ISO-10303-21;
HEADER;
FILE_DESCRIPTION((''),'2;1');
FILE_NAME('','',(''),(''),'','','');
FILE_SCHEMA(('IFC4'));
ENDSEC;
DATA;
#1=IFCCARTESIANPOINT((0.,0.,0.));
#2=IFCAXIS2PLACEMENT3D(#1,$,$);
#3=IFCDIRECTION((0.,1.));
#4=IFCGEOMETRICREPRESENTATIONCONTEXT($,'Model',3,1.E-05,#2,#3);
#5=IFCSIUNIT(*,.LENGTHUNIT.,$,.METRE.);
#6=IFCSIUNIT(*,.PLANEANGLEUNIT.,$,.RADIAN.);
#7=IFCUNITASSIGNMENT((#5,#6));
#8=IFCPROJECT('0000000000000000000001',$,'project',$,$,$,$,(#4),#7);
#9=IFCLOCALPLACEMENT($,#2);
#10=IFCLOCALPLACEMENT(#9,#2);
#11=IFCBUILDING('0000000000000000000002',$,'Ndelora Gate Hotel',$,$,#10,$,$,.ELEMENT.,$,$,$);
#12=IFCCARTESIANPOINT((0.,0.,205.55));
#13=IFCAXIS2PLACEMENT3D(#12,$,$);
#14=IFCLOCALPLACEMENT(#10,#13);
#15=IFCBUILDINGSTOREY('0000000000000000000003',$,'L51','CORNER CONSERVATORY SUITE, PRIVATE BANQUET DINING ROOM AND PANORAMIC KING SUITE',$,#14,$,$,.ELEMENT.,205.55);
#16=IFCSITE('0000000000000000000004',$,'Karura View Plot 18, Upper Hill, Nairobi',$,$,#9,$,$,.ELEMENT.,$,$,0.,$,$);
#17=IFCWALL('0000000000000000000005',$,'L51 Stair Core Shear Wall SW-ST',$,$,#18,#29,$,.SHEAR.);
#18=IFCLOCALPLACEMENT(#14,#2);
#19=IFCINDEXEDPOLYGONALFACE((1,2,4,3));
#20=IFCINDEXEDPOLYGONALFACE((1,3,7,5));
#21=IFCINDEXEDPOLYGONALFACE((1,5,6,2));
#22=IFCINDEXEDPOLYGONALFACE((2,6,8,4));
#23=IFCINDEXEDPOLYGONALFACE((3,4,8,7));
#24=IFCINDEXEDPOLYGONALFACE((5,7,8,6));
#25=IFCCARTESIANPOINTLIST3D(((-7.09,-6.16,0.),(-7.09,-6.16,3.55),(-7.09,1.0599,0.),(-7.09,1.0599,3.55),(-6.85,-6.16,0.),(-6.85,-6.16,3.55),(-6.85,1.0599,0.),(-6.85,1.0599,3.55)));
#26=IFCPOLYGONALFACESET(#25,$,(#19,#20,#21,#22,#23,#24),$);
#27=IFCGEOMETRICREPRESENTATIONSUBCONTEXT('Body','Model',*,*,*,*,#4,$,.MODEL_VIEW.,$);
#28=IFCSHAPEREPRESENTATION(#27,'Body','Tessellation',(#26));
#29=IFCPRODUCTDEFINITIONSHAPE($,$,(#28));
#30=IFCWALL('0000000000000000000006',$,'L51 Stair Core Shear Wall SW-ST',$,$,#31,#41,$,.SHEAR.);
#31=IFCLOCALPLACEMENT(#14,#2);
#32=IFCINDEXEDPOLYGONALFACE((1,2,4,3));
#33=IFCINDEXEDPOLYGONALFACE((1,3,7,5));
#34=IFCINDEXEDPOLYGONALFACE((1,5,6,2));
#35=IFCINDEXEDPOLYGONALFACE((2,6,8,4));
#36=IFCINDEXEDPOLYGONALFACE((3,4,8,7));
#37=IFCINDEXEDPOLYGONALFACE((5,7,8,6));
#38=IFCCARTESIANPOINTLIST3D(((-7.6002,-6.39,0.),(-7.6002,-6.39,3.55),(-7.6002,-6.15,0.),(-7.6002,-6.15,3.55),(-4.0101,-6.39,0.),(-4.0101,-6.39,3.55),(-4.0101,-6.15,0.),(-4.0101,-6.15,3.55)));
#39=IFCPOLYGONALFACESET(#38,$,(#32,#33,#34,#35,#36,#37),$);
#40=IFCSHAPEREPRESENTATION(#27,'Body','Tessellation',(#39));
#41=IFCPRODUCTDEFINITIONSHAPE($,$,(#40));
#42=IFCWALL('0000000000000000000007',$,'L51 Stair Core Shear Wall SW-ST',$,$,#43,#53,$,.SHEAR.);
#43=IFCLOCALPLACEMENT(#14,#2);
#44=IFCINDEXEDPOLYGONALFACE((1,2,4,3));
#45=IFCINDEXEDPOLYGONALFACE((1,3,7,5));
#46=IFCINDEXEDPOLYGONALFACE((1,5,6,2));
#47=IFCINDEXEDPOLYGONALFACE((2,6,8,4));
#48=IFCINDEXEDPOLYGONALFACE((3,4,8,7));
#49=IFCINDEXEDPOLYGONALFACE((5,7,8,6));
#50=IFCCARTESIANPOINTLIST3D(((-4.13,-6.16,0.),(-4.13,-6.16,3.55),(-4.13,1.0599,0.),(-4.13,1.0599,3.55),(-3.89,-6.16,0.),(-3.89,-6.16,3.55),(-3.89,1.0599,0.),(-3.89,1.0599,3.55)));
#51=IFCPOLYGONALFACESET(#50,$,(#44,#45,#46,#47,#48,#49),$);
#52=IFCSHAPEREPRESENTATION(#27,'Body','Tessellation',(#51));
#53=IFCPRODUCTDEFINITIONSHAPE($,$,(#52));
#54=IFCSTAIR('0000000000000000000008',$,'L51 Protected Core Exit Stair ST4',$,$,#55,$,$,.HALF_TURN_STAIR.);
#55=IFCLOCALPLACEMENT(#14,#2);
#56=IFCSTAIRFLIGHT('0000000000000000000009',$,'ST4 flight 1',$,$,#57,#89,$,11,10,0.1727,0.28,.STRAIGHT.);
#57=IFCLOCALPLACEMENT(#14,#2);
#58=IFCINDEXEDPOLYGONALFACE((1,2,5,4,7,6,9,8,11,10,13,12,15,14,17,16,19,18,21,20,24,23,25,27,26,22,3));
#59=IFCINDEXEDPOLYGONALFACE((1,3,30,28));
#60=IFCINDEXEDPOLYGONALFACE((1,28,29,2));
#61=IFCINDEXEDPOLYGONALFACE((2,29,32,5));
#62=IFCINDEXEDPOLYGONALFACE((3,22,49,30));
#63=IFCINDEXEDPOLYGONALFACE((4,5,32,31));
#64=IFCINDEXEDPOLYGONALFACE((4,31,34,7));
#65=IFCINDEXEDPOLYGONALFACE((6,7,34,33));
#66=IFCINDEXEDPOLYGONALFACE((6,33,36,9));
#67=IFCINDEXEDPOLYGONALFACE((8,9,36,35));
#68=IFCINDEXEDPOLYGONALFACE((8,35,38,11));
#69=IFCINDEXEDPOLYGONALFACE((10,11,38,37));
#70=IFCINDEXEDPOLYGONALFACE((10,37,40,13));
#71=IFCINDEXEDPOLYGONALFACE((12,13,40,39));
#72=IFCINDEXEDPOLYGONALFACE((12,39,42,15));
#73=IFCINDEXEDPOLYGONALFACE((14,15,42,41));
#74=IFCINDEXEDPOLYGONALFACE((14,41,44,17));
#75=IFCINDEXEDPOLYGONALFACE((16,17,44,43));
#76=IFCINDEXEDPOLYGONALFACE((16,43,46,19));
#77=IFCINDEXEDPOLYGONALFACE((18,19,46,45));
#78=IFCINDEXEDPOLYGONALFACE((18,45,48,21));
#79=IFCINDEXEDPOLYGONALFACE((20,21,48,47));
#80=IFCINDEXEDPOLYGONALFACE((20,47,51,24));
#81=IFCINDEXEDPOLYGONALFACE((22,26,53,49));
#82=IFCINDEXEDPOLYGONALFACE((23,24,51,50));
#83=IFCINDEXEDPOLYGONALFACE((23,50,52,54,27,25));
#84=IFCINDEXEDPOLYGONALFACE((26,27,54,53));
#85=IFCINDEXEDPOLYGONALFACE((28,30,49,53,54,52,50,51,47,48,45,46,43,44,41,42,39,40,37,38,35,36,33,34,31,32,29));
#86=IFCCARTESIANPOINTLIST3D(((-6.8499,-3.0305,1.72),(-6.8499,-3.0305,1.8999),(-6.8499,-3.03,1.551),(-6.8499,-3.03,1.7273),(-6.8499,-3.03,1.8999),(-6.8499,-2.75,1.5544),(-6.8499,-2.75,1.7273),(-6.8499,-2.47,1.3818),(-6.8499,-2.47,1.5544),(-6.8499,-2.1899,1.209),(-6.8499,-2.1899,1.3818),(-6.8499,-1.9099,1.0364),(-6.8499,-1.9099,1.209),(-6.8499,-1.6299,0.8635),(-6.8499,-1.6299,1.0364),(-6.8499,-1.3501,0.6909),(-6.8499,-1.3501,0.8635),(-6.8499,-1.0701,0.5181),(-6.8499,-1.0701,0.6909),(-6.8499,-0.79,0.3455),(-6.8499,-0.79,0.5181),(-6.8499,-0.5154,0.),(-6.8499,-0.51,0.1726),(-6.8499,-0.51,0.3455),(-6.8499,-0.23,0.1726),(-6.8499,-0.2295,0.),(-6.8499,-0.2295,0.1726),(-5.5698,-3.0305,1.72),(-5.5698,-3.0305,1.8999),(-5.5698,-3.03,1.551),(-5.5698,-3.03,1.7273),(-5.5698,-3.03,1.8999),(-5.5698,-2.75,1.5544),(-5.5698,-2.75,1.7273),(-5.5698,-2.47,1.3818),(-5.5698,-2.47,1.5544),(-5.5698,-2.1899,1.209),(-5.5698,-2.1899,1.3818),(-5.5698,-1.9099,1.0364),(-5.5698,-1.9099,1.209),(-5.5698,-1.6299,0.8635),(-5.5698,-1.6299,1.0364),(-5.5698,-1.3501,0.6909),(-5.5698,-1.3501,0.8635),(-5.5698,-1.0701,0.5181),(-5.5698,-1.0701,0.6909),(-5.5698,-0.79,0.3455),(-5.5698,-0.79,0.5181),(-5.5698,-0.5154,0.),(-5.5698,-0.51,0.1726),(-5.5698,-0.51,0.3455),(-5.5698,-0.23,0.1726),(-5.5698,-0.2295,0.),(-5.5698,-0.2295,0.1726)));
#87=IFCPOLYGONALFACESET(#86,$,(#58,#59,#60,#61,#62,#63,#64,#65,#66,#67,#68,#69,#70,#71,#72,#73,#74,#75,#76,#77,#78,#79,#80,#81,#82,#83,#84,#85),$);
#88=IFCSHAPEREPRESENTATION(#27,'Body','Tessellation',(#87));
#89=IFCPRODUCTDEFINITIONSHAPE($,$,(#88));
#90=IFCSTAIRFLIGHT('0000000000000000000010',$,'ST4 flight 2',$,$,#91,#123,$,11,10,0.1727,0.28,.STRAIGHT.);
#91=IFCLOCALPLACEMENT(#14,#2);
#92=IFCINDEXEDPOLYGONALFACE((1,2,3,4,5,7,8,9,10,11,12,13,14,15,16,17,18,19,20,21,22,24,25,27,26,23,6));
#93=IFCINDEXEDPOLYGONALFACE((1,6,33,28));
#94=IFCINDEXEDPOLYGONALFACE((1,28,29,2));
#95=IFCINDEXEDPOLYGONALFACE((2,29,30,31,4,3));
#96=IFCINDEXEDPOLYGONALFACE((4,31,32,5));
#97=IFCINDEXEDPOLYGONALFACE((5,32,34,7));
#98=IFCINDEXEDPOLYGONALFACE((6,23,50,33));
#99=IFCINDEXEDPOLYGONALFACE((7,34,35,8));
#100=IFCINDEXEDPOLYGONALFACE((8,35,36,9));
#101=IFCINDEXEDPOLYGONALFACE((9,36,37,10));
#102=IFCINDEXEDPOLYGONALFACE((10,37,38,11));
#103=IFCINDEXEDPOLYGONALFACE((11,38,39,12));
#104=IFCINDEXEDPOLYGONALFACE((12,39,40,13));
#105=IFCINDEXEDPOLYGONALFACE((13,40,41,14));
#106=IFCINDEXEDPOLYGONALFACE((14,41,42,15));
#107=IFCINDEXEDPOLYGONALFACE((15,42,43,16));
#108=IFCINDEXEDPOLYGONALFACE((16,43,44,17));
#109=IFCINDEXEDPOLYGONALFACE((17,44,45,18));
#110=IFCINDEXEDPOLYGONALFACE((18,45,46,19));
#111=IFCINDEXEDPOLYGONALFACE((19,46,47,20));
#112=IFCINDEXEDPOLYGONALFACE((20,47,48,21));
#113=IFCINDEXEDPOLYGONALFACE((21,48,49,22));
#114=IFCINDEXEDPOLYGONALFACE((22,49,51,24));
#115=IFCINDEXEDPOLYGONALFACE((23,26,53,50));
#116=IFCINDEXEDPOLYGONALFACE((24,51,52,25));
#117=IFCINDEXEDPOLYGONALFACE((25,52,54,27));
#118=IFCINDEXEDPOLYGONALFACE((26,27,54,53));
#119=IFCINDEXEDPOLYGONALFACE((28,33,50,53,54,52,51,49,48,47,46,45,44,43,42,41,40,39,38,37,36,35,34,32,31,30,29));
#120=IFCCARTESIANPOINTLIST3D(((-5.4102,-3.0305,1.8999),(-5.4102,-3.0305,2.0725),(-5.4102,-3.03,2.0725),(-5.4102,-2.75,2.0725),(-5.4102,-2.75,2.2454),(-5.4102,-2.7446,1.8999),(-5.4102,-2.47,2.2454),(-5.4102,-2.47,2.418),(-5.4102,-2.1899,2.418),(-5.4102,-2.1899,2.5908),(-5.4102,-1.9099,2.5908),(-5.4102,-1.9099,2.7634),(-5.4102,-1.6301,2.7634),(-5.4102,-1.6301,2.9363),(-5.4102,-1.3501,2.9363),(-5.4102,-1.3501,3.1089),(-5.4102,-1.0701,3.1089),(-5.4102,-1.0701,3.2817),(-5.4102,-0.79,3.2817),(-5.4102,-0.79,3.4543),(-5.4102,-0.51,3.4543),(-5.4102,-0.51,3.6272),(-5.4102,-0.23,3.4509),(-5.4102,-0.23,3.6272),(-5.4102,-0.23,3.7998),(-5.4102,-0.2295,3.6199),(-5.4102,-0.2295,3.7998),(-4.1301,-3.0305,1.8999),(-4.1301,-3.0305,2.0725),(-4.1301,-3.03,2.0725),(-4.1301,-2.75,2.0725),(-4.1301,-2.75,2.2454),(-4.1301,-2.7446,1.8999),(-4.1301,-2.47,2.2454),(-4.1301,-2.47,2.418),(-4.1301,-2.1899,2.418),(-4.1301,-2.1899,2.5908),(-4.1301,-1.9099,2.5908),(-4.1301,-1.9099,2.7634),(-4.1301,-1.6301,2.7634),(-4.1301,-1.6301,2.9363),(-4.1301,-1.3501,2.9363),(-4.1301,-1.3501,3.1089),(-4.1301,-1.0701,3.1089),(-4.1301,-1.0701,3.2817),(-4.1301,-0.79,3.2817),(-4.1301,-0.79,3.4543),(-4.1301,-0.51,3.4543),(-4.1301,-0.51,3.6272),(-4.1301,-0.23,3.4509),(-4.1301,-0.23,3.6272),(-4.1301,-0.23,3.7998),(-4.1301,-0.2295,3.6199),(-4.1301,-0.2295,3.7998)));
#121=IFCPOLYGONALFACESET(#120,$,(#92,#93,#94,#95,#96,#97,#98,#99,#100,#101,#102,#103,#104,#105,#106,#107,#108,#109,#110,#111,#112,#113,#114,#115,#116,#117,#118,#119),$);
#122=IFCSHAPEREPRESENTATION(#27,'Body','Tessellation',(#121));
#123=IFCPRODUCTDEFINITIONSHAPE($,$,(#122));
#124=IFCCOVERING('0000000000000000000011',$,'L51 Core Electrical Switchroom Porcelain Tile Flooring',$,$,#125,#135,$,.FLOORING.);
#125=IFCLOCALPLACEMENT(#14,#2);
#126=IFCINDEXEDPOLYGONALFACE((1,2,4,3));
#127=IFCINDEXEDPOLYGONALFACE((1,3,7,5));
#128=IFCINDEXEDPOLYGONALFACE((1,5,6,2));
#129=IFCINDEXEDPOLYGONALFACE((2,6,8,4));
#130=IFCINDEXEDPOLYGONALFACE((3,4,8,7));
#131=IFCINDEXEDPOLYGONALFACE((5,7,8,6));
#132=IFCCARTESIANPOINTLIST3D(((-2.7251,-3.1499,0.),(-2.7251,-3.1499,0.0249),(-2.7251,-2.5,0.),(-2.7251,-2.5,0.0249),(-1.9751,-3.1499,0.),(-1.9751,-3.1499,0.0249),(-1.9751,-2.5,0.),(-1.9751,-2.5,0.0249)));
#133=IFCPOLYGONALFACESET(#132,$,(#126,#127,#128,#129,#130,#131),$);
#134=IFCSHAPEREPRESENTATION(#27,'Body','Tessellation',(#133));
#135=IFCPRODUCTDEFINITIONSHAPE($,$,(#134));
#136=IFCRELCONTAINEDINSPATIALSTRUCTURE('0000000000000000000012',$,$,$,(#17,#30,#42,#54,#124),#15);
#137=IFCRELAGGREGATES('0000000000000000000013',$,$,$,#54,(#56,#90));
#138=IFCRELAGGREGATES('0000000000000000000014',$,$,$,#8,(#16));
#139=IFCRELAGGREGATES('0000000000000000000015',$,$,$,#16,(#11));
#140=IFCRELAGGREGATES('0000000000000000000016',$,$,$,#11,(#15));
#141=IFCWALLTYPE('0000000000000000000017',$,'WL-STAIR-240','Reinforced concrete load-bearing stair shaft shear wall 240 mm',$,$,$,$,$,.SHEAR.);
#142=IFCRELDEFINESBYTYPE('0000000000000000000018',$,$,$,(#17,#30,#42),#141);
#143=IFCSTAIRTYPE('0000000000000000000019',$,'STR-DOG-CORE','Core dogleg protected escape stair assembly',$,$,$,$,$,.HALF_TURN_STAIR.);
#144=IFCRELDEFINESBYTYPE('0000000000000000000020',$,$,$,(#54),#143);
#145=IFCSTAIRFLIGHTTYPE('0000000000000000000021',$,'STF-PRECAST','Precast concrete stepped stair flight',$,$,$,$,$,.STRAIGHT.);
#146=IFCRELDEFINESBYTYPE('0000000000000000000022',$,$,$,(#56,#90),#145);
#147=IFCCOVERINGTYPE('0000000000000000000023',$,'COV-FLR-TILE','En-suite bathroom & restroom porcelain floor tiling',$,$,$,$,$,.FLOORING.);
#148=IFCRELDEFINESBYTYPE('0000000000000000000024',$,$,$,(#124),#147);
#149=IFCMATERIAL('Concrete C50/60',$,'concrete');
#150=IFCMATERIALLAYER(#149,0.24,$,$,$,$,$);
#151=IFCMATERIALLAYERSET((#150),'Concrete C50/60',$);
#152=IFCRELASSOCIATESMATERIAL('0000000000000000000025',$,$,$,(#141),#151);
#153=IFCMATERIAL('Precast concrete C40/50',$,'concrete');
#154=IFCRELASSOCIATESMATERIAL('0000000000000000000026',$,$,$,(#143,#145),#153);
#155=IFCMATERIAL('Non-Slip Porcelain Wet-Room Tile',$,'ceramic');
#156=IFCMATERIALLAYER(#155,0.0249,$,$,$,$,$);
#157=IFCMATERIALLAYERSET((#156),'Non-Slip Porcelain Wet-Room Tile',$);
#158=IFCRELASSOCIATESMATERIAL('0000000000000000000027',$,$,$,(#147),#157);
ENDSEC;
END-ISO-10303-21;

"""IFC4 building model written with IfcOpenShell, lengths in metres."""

from ifc_helpers import new_model, si_unit, direction, frame, frame_2d, origin, origin_2d, place, context, subcontext, project, spatial, polyline, rectangle, outline, extrude, material, layer, layer_set, type_object, element, aggregate, save


model = new_model("IFC4")

# Units and contexts
model_context = context("Model", 3, precision=1e-05, world=origin(), true_north=direction((0.0, 1.0)))
body_context = subcontext(model_context, "Body", "Model", "MODEL_VIEW")
ifc_project = project(units=[si_unit("LENGTHUNIT", "METRE"), si_unit("PLANEANGLEUNIT", "RADIAN")], contexts=[model_context])

# Site, building, storey
site_placement = place(None, origin())
site = spatial("IfcSite", under=ifc_project, at=site_placement, Name="Karura View Plot 18, Upper Hill, Nairobi", CompositionType="ELEMENT", RefElevation=0.0)
building_placement = place(site_placement, origin())
building = spatial("IfcBuilding", under=site, at=building_placement, Name="Ndelora Gate Hotel", CompositionType="ELEMENT")
storey_placement = place(building_placement, frame((0.0, 0.0, 205.55)))
storey = spatial("IfcBuildingStorey", under=building, at=storey_placement, Name="L51", Description="CORNER CONSERVATORY SUITE, PRIVATE BANQUET DINING ROOM AND PANORAMIC KING SUITE", CompositionType="ELEMENT", Elevation=205.55)

# Shared definitions
ifc_material_1 = material(Name="Concrete C50/60", Category="concrete")

# Walls
ifc_layer_1 = layer(ifc_material_1, 0.24)
ifc_layer_set_1 = layer_set([ifc_layer_1], Name="Concrete C50/60")
wall_type_1 = type_object("IfcWallType", Name="WL-STAIR-240", Description="Reinforced concrete load-bearing stair shaft shear wall 240 mm", PredefinedType="SHEAR", material=ifc_layer_set_1)
wall_1_placement = place(storey_placement, frame((-6.97, -6.1599, 0.0), z_axis=(0.0, 0.0, 1.0), x_axis=(0.0, 1.0, 0.0)))
element("IfcWall", 1, at=wall_1_placement, inside=storey, type_object=wall_type_1, Name="L51 Stair Core Shear Wall SW-ST", PredefinedType="SHEAR", context=body_context, shape_type="SweptSolid", body=[
    extrude(rectangle(XDim=7.22, YDim=0.24, at=frame_2d((3.6099, 0.0))), origin(), (0.0, 0.0, 1.0), 3.55),
])
wall_2_placement = place(storey_placement, frame((-7.6001, -6.27, 0.0), z_axis=(0.0, 0.0, 1.0), x_axis=(1.0, 0.0, 0.0)))
element("IfcWall", 2, at=wall_2_placement, inside=storey, type_object=wall_type_1, Name="L51 Stair Core Shear Wall SW-ST", PredefinedType="SHEAR", context=body_context, shape_type="SweptSolid", body=[
    extrude(rectangle(XDim=3.5901, YDim=0.24, at=frame_2d((1.7949, 0.0))), origin(), (0.0, 0.0, 1.0), 3.55),
])
wall_3_placement = place(storey_placement, frame((-4.01, -6.1599, 0.0), z_axis=(0.0, 0.0, 1.0), x_axis=(0.0, 1.0, 0.0)))
element("IfcWall", 3, at=wall_3_placement, inside=storey, type_object=wall_type_1, Name="L51 Stair Core Shear Wall SW-ST", PredefinedType="SHEAR", context=body_context, shape_type="SweptSolid", body=[
    extrude(rectangle(XDim=7.22, YDim=0.24, at=frame_2d((3.6099, 0.0))), origin(), (0.0, 0.0, 1.0), 3.55),
])

# Stair, stair flights
ifc_material_2 = material(Name="Precast concrete C40/50", Category="concrete")
stair_type = type_object("IfcStairType", Name="STR-DOG-CORE", Description="Core dogleg protected escape stair assembly", PredefinedType="HALF_TURN_STAIR", material=ifc_material_2)
stair_placement = place(storey_placement, origin())
stair = element("IfcStair", 4, at=stair_placement, inside=storey, type_object=stair_type, Name="L51 Protected Core Exit Stair ST4", PredefinedType="HALF_TURN_STAIR")
stair_flight_type = type_object("IfcStairFlightType", Name="STF-PRECAST", Description="Precast concrete stepped stair flight", PredefinedType="STRAIGHT", material=ifc_material_2)
stair_flight_1_placement = place(storey_placement, frame((-6.21, -0.23, 0.0), z_axis=(0.0, 0.0, 1.0), x_axis=(0.0, -1.0, 0.0)))
stair_flight_1 = element("IfcStairFlight", 5, at=stair_flight_1_placement, type_object=stair_flight_type, Name="ST4 flight 1", NumberOfRisers=11, NumberOfTreads=10, PredefinedType="STRAIGHT", RiserHeight=0.1727, TreadLength=0.28, context=body_context, shape_type="SweptSolid", body=[
    extrude(outline(polyline([(-0.0005, 0.0), (-0.0005, 0.1726), (0.0, 0.1726), (0.28, 0.1726), (0.28, 0.3455), (0.5601, 0.3455), (0.5601, 0.5181), (0.8401, 0.5181), (0.8401, 0.6909), (1.1201, 0.6909), (1.1201, 0.8635), (1.3999, 0.8635), (1.3999, 1.0364), (1.6799, 1.0364), (1.6799, 1.209), (1.96, 1.209), (1.96, 1.3818), (2.24, 1.3818), (2.24, 1.5544), (2.52, 1.5544), (2.52, 1.7273), (2.8, 1.7273), (2.8, 1.8999), (2.8005, 1.8999), (2.8005, 1.72), (2.8, 1.551), (0.2854, 0.0), (-0.0005, 0.0)])), frame((0.0, 0.6401, 0.0), z_axis=(0.0, -1.0, 0.0), x_axis=(1.0, 0.0, 0.0)), (0.0, 0.0, 1.0), 1.28),
])
stair_flight_2_placement = place(storey_placement, frame((-4.77, -3.03, 1.8999), z_axis=(0.0, 0.0, 1.0), x_axis=(0.0, 1.0, 0.0)))
stair_flight_2 = element("IfcStairFlight", 6, at=stair_flight_2_placement, type_object=stair_flight_type, Name="ST4 flight 2", NumberOfRisers=11, NumberOfTreads=10, PredefinedType="STRAIGHT", RiserHeight=0.1727, TreadLength=0.28, context=body_context, shape_type="SweptSolid", body=[
    extrude(outline(polyline([(-0.0005, 0.0), (-0.0005, 0.1726), (0.0, 0.1726), (0.28, 0.1726), (0.28, 0.3455), (0.5601, 0.3455), (0.5601, 0.5181), (0.8401, 0.5181), (0.8401, 0.6909), (1.1201, 0.6909), (1.1201, 0.8635), (1.3999, 0.8635), (1.3999, 1.0364), (1.6799, 1.0364), (1.6799, 1.209), (1.96, 1.209), (1.96, 1.3818), (2.24, 1.3818), (2.24, 1.5544), (2.52, 1.5544), (2.52, 1.7273), (2.8, 1.7273), (2.8, 1.8999), (2.8005, 1.8999), (2.8005, 1.72), (2.8, 1.551), (0.2854, 0.0), (-0.0005, 0.0)])), frame((0.0, 0.6401, 0.0), z_axis=(0.0, -1.0, 0.0), x_axis=(1.0, 0.0, 0.0)), (0.0, 0.0, 1.0), 1.28),
])
aggregate(stair, [stair_flight_1, stair_flight_2])

# Covering
ifc_material_3 = material(Name="Non-Slip Porcelain Wet-Room Tile", Category="ceramic")
ifc_layer_2 = layer(ifc_material_3, 0.0249)
ifc_layer_set_2 = layer_set([ifc_layer_2], Name="Non-Slip Porcelain Wet-Room Tile")
covering_type = type_object("IfcCoveringType", Name="COV-FLR-TILE", Description="En-suite bathroom & restroom porcelain floor tiling", PredefinedType="FLOORING", material=ifc_layer_set_2)
covering_placement = place(storey_placement, frame((-2.3501, -2.825, 0.0), z_axis=(0.0, 0.0, 1.0), x_axis=(1.0, 0.0, 0.0)))
element("IfcCovering", 7, at=covering_placement, inside=storey, type_object=covering_type, Name="L51 Core Electrical Switchroom Porcelain Tile Flooring", PredefinedType="FLOORING", context=body_context, shape_type="SweptSolid", body=[
    extrude(rectangle(XDim=0.75, YDim=0.6499, at=origin_2d()), origin(), (0.0, 0.0, 1.0), 0.0249),
])

save(model, "model.ifc")
